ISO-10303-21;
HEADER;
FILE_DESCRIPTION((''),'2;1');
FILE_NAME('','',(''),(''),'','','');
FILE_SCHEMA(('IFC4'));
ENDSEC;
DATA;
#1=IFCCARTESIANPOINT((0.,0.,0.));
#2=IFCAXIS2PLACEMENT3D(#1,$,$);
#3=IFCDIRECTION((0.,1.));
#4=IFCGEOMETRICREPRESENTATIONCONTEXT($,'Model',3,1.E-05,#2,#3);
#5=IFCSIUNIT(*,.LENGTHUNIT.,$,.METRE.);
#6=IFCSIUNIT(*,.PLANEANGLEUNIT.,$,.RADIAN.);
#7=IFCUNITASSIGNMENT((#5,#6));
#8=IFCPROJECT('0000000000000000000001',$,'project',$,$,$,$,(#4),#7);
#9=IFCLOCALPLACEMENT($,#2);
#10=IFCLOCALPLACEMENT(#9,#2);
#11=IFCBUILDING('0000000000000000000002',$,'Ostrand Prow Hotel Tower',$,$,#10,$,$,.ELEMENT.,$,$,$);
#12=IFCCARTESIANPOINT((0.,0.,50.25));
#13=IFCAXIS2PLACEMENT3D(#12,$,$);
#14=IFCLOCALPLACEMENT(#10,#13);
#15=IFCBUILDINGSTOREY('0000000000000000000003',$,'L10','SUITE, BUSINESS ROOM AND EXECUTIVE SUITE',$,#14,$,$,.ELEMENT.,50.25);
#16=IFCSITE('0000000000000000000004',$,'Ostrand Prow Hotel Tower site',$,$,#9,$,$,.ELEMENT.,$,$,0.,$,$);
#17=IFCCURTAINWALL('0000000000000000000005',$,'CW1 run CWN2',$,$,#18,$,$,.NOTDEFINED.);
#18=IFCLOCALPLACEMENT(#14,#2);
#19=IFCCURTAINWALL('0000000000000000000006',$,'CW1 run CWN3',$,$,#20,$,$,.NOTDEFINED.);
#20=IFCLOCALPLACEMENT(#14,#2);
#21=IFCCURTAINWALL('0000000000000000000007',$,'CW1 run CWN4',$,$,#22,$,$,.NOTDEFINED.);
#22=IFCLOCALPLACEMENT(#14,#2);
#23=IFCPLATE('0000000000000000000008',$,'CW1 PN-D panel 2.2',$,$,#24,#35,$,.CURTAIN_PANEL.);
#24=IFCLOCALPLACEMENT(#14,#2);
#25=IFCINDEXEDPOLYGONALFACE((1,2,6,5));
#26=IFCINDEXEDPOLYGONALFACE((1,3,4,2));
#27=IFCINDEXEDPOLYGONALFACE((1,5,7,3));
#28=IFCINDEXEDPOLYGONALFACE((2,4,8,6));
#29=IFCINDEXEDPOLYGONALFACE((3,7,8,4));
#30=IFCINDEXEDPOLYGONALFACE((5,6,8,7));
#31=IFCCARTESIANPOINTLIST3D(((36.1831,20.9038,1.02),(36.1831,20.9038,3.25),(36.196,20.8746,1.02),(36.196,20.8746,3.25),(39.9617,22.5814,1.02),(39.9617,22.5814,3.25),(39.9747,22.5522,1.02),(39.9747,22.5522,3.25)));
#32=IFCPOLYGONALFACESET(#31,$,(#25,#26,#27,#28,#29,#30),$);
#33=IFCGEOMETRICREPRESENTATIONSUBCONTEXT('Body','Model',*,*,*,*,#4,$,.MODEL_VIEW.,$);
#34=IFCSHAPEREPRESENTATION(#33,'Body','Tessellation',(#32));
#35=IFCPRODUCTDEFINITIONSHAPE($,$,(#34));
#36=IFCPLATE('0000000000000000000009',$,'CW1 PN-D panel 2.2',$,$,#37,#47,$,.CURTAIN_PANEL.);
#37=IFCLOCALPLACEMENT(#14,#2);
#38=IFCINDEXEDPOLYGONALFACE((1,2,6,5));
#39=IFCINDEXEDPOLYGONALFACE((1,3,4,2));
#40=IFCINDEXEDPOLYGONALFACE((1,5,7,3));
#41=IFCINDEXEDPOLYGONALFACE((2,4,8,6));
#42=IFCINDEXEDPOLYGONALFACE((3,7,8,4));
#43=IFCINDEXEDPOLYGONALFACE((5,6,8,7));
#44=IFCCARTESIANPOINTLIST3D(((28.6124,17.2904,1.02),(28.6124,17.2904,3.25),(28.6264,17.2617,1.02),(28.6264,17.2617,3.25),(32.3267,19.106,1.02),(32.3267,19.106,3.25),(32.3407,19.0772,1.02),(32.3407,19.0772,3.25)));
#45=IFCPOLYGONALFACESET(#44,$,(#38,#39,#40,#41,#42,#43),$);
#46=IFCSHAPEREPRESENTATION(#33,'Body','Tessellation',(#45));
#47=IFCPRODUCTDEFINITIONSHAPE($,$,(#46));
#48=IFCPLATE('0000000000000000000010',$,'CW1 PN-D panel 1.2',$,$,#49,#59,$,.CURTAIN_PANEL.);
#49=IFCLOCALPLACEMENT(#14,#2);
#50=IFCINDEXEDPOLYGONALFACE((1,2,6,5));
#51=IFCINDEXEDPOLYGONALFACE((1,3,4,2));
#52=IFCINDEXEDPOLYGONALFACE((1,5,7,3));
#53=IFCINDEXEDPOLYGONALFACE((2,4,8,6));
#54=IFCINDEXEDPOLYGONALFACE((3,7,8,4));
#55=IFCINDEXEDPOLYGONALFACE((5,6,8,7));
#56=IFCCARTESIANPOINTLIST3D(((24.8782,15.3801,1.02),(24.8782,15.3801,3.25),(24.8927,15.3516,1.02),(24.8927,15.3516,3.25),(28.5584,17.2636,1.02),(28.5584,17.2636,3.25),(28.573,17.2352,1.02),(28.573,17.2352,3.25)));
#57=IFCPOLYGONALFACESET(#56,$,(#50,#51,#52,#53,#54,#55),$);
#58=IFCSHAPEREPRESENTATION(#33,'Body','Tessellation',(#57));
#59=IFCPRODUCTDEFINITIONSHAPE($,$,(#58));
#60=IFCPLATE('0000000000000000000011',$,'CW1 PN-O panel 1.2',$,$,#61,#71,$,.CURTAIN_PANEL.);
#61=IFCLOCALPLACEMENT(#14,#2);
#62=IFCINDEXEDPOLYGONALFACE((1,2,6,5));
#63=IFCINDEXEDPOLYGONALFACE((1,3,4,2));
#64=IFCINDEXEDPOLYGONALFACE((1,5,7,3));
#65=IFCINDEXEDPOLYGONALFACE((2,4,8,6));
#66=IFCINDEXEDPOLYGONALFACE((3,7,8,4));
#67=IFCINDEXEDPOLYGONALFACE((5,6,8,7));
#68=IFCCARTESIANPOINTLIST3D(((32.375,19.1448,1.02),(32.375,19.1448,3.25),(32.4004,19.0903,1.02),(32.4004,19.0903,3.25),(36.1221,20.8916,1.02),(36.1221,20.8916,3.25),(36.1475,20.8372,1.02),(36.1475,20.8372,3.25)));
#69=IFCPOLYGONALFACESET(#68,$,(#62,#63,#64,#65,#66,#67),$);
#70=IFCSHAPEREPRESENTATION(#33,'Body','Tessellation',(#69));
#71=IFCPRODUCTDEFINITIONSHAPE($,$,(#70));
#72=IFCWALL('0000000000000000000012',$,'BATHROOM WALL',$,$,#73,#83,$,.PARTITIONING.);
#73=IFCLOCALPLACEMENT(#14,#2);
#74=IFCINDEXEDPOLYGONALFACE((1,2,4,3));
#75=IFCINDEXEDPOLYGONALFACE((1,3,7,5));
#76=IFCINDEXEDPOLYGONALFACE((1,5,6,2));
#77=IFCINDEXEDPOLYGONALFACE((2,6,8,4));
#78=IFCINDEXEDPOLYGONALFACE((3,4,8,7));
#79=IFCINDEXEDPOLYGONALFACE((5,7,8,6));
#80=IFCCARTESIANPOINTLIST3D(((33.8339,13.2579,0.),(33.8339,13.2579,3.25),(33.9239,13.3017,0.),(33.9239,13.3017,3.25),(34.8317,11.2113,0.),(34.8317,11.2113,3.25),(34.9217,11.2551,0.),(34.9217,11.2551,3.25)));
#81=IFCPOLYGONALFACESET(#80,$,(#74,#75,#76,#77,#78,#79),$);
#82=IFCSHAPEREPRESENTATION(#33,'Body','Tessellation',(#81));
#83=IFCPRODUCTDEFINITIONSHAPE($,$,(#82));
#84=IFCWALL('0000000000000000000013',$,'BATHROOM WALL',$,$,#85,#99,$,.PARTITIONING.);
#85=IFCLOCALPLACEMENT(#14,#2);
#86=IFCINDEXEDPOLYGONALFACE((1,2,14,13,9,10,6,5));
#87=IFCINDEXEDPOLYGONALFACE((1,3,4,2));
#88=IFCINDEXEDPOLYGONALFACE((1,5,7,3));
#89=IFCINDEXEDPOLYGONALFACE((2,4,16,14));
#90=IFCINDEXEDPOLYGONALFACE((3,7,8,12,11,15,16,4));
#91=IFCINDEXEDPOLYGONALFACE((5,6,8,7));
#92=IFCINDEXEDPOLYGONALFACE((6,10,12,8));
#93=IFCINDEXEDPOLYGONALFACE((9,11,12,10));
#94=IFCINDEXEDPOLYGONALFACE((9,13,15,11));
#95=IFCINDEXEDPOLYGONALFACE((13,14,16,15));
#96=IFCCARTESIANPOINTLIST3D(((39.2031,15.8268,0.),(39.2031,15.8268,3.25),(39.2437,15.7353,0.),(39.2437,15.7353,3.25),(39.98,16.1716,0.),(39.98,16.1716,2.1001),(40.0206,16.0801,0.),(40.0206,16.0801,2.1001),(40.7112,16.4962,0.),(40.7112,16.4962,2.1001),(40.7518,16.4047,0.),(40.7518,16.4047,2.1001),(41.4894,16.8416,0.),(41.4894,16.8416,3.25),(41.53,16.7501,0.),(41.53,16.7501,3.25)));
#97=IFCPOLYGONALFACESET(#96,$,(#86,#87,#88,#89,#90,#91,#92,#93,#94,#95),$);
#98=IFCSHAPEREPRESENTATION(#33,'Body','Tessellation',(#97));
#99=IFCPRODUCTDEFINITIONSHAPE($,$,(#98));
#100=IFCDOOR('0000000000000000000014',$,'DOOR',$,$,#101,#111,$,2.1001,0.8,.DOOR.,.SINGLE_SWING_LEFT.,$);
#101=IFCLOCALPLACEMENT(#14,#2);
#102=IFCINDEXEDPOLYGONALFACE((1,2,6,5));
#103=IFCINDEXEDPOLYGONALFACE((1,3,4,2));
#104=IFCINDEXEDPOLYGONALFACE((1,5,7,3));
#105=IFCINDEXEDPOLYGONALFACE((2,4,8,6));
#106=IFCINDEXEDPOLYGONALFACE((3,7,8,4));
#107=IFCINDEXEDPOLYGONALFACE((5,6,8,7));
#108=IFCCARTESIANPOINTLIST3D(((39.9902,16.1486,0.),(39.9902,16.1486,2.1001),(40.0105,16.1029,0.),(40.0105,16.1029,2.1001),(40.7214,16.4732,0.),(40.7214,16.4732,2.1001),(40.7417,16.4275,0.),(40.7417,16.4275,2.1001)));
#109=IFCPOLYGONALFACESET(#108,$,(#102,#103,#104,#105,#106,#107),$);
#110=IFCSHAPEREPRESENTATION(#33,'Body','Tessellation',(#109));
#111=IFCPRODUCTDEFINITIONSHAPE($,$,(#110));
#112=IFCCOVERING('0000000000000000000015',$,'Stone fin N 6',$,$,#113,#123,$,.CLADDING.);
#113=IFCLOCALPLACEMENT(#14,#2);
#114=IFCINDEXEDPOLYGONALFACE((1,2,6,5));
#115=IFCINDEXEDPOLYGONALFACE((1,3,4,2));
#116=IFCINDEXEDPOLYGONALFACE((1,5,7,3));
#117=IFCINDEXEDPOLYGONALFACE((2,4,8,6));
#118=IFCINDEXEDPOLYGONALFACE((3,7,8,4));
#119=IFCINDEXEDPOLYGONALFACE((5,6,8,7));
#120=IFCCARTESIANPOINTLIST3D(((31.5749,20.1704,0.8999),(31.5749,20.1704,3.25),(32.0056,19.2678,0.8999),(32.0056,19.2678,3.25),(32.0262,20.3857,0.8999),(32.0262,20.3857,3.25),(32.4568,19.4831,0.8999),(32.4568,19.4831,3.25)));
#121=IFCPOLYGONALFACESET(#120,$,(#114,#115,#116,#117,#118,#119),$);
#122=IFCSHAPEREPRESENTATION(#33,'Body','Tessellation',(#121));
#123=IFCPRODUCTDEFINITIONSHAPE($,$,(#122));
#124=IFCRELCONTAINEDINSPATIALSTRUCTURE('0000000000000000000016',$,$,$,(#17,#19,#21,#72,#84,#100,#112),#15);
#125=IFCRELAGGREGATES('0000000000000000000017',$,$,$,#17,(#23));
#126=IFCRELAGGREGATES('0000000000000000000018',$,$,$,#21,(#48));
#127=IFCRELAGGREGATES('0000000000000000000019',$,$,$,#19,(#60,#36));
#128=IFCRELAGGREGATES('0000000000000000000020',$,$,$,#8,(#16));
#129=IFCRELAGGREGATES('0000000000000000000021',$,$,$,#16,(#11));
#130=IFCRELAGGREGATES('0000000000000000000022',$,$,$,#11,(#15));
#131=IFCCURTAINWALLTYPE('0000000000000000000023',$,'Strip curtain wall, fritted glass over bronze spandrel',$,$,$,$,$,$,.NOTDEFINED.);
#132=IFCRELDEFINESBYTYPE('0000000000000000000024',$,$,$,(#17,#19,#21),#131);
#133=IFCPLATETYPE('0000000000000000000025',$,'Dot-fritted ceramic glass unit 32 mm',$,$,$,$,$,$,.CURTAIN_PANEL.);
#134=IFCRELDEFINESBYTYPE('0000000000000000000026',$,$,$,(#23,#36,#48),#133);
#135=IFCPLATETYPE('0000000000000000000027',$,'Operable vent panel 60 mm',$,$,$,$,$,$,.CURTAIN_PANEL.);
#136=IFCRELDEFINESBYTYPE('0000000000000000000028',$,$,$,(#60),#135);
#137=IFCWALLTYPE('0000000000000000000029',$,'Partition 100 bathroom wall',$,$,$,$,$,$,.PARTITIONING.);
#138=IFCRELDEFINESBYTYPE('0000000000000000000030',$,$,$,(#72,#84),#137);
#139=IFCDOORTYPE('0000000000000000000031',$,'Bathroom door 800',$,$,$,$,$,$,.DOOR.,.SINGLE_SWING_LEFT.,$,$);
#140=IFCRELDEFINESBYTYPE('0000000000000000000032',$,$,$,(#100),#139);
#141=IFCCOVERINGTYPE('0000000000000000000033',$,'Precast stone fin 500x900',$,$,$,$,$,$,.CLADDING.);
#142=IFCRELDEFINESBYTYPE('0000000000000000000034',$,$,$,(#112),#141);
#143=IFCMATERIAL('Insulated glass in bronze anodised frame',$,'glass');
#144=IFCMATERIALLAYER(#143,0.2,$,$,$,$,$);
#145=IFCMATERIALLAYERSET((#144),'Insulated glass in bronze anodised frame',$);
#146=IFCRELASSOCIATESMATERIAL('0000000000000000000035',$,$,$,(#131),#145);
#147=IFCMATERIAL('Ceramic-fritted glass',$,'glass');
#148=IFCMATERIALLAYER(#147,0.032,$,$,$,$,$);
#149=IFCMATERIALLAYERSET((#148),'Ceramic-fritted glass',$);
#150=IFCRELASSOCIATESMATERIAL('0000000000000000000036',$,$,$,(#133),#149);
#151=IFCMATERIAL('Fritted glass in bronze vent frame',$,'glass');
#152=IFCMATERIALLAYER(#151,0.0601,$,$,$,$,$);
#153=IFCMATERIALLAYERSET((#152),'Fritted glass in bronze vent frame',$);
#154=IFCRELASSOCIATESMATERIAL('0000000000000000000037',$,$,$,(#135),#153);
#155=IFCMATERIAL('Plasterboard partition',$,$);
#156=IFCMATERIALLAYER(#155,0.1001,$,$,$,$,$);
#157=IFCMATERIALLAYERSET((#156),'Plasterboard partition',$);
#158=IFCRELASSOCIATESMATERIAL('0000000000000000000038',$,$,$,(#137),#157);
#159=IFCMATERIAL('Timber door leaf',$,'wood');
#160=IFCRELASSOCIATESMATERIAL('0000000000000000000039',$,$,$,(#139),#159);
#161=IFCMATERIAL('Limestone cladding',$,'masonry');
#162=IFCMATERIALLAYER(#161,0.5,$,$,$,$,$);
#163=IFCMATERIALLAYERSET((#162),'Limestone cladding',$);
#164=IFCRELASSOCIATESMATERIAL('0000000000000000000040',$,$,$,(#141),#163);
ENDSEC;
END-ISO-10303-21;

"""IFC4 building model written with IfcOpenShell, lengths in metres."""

from ifc_helpers import new_model, si_unit, direction, frame, frame_2d, origin, origin_2d, place, context, subcontext, project, spatial, rectangle, extrude, material, layer, layer_set, type_object, element, fill, aggregate, save


model = new_model("IFC4")

# Units and contexts
model_context = context("Model", 3, precision=1e-05, world=origin(), true_north=direction((0.0, 1.0)))
body_context = subcontext(model_context, "Body", "Model", "MODEL_VIEW")
ifc_project = project(units=[si_unit("LENGTHUNIT", "METRE"), si_unit("PLANEANGLEUNIT", "RADIAN")], contexts=[model_context])

# Site, building, storey
site_placement = place(None, origin())
site = spatial("IfcSite", under=ifc_project, at=site_placement, Name="Ostrand Prow Hotel Tower site", CompositionType="ELEMENT", RefElevation=0.0)
building_placement = place(site_placement, origin())
building = spatial("IfcBuilding", under=site, at=building_placement, Name="Ostrand Prow Hotel Tower", CompositionType="ELEMENT")
storey_placement = place(building_placement, frame((0.0, 0.0, 50.25)))
storey = spatial("IfcBuildingStorey", under=building, at=storey_placement, Name="L10", Description="SUITE, BUSINESS ROOM AND EXECUTIVE SUITE", CompositionType="ELEMENT", Elevation=50.25)

# Curtain walls
ifc_material_1 = material(Name="Insulated glass in bronze anodised frame", Category="glass")
ifc_layer_1 = layer(ifc_material_1, 0.2)
ifc_layer_set_1 = layer_set([ifc_layer_1], Name="Insulated glass in bronze anodised frame")
curtain_wall_type = type_object("IfcCurtainWallType", Name="Strip curtain wall, fritted glass over bronze spandrel", PredefinedType="NOTDEFINED", material=ifc_layer_set_1)
curtain_wall_1_placement = place(storey_placement, origin())
curtain_wall_1 = element("IfcCurtainWall", 1, at=curtain_wall_1_placement, inside=storey, type_object=curtain_wall_type, Name="CW1 run CWN2", PredefinedType="NOTDEFINED")
curtain_wall_2_placement = place(storey_placement, origin())
curtain_wall_2 = element("IfcCurtainWall", 2, at=curtain_wall_2_placement, inside=storey, type_object=curtain_wall_type, Name="CW1 run CWN3", PredefinedType="NOTDEFINED")

# Curtain wall
curtain_wall_3_placement = place(storey_placement, origin())
curtain_wall_3 = element("IfcCurtainWall", 3, at=curtain_wall_3_placement, inside=storey, type_object=curtain_wall_type, Name="CW1 run CWN4", PredefinedType="NOTDEFINED")

# Plates
ifc_material_2 = material(Name="Ceramic-fritted glass", Category="glass")
ifc_layer_2 = layer(ifc_material_2, 0.032)
ifc_layer_set_2 = layer_set([ifc_layer_2], Name="Ceramic-fritted glass")
plate_type_1 = type_object("IfcPlateType", Name="Dot-fritted ceramic glass unit 32 mm", PredefinedType="CURTAIN_PANEL", material=ifc_layer_set_2)
plate_1_placement = place(storey_placement, frame((38.0789, 21.728, 1.02), z_axis=(0.0, 0.0, 1.0), x_axis=(-0.913971, -0.40578, 0.0)))
plate_1 = element("IfcPlate", 4, at=plate_1_placement, type_object=plate_type_1, Name="CW1 PN-D panel 2.2", PredefinedType="CURTAIN_PANEL", context=body_context, shape_type="SweptSolid", body=[
    extrude(rectangle(XDim=4.1343, YDim=0.032, at=origin_2d()), origin(), (0.0, 0.0, 1.0), 2.23),
])
aggregate(curtain_wall_1, [plate_1])
plate_2_placement = place(storey_placement, frame((30.4766, 18.1838, 1.02), z_axis=(0.0, 0.0, 1.0), x_axis=(-0.89842, -0.439138, 0.0)))
plate_2 = element("IfcPlate", 5, at=plate_2_placement, type_object=plate_type_1, Name="CW1 PN-D panel 2.2", PredefinedType="CURTAIN_PANEL", context=body_context, shape_type="SweptSolid", body=[
    extrude(rectangle(XDim=4.1343, YDim=0.032, at=origin_2d()), origin(), (0.0, 0.0, 1.0), 2.23),
])
plate_3_placement = place(storey_placement, frame((26.7256, 16.3076, 1.02), z_axis=(0.0, 0.0, 1.0), x_axis=(-0.890187, -0.455596, 0.0)))
plate_3 = element("IfcPlate", 6, at=plate_3_placement, type_object=plate_type_1, Name="CW1 PN-D panel 1.2", PredefinedType="CURTAIN_PANEL", context=body_context, shape_type="SweptSolid", body=[
    extrude(rectangle(XDim=4.1343, YDim=0.032, at=origin_2d()), origin(), (0.0, 0.0, 1.0), 2.23),
])
aggregate(curtain_wall_3, [plate_3])
ifc_material_3 = material(Name="Fritted glass in bronze vent frame", Category="glass")
ifc_layer_3 = layer(ifc_material_3, 0.0601)
ifc_layer_set_3 = layer_set([ifc_layer_3], Name="Fritted glass in bronze vent frame")
plate_type_2 = type_object("IfcPlateType", Name="Operable vent panel 60 mm", PredefinedType="CURTAIN_PANEL", material=ifc_layer_set_3)
plate_4_placement = place(storey_placement, frame((34.2612, 19.991, 1.02), z_axis=(0.0, 0.0, 1.0), x_axis=(-0.906349, -0.42253, 0.0)))
plate_4 = element("IfcPlate", 7, at=plate_4_placement, type_object=plate_type_2, Name="CW1 PN-O panel 1.2", PredefinedType="CURTAIN_PANEL", context=body_context, shape_type="SweptSolid", body=[
    extrude(rectangle(XDim=4.1343, YDim=0.0601, at=origin_2d()), origin(), (0.0, 0.0, 1.0), 2.23),
])
aggregate(curtain_wall_2, [plate_4, plate_2])

# Wall
ifc_material_4 = material(Name="Plasterboard partition")
ifc_layer_4 = layer(ifc_material_4, 0.1001)
ifc_layer_set_4 = layer_set([ifc_layer_4], Name="Plasterboard partition")
wall_type = type_object("IfcWallType", Name="Partition 100 bathroom wall", PredefinedType="PARTITIONING", material=ifc_layer_set_4)
wall_1_placement = place(storey_placement, frame((33.8789, 13.2798, 0.0), z_axis=(0.0, 0.0, 1.0), x_axis=(0.438227, -0.898864, 0.0)))
element("IfcWall", 8, at=wall_1_placement, inside=storey, type_object=wall_type, Name="BATHROOM WALL", PredefinedType="PARTITIONING", context=body_context, shape_type="SweptSolid", body=[
    extrude(rectangle(XDim=2.2769, YDim=0.1001, at=frame_2d((1.1384, 0.0))), origin(), (0.0, 0.0, 1.0), 3.25),
])

# Wall, opening, door
wall_2_placement = place(storey_placement, frame((39.2234, 15.781, 0.0), z_axis=(0.0, 0.0, 1.0), x_axis=(0.914001, 0.405713, 0.0)))
wall_2 = element("IfcWall", 9, at=wall_2_placement, inside=storey, type_object=wall_type, Name="BATHROOM WALL", PredefinedType="PARTITIONING", context=body_context, shape_type="SweptSolid", body=[
    extrude(rectangle(XDim=2.5015, YDim=0.1001, at=frame_2d((1.2507, 0.0))), origin(), (0.0, 0.0, 1.0), 3.25),
])
opening_placement = place(wall_2_placement, frame((0.8501, 0.0, 0.0)))
opening = element("IfcOpeningElement", 10, at=opening_placement, cuts=wall_2, PredefinedType="OPENING", context=body_context, shape_type="SweptSolid", body=[
    extrude(rectangle(XDim=0.8, YDim=2.1001, at=frame_2d((0.3999, 1.05))), frame((0.0, 0.0601, 0.0), z_axis=(0.0, -1.0, 0.0), x_axis=(1.0, 0.0, 0.0)), (0.0, 0.0, 1.0), 0.1201),
])
ifc_material_5 = material(Name="Timber door leaf", Category="wood")
door_type = type_object("IfcDoorType", Name="Bathroom door 800", OperationType="SINGLE_SWING_LEFT", PredefinedType="DOOR", material=ifc_material_5)
door_placement = place(opening_placement, origin())
door = element("IfcDoor", 11, at=door_placement, inside=storey, type_object=door_type, Name="DOOR", OperationType="SINGLE_SWING_LEFT", OverallHeight=2.1001, OverallWidth=0.8, PredefinedType="DOOR", context=body_context, shape_type="SweptSolid", body=[
    extrude(rectangle(XDim=0.8, YDim=2.1001, at=frame_2d((0.3999, 1.05))), frame((0.0, 0.0249, 0.0), z_axis=(0.0, -1.0, 0.0), x_axis=(1.0, 0.0, 0.0)), (0.0, 0.0, 1.0), 0.05),
])
fill(opening, door)

# Covering
ifc_material_6 = material(Name="Limestone cladding", Category="masonry")
ifc_layer_5 = layer(ifc_material_6, 0.5)
ifc_layer_set_5 = layer_set([ifc_layer_5], Name="Limestone cladding")
covering_type = type_object("IfcCoveringType", Name="Precast stone fin 500x900", PredefinedType="CLADDING", material=ifc_layer_set_5)
covering_placement = place(storey_placement, frame((32.2312, 19.3755, 0.8999), z_axis=(0.0, 0.0, 1.0), x_axis=(-0.430635, 0.902526, 0.0)))
element("IfcCovering", 12, at=covering_placement, inside=storey, type_object=covering_type, Name="Stone fin N 6", PredefinedType="CLADDING", context=body_context, shape_type="SweptSolid", body=[
    extrude(rectangle(XDim=1.0, YDim=0.5, at=frame_2d((0.5, 0.0))), origin(), (0.0, 0.0, 1.0), 2.3501),
])

save(model, "model.ifc")
